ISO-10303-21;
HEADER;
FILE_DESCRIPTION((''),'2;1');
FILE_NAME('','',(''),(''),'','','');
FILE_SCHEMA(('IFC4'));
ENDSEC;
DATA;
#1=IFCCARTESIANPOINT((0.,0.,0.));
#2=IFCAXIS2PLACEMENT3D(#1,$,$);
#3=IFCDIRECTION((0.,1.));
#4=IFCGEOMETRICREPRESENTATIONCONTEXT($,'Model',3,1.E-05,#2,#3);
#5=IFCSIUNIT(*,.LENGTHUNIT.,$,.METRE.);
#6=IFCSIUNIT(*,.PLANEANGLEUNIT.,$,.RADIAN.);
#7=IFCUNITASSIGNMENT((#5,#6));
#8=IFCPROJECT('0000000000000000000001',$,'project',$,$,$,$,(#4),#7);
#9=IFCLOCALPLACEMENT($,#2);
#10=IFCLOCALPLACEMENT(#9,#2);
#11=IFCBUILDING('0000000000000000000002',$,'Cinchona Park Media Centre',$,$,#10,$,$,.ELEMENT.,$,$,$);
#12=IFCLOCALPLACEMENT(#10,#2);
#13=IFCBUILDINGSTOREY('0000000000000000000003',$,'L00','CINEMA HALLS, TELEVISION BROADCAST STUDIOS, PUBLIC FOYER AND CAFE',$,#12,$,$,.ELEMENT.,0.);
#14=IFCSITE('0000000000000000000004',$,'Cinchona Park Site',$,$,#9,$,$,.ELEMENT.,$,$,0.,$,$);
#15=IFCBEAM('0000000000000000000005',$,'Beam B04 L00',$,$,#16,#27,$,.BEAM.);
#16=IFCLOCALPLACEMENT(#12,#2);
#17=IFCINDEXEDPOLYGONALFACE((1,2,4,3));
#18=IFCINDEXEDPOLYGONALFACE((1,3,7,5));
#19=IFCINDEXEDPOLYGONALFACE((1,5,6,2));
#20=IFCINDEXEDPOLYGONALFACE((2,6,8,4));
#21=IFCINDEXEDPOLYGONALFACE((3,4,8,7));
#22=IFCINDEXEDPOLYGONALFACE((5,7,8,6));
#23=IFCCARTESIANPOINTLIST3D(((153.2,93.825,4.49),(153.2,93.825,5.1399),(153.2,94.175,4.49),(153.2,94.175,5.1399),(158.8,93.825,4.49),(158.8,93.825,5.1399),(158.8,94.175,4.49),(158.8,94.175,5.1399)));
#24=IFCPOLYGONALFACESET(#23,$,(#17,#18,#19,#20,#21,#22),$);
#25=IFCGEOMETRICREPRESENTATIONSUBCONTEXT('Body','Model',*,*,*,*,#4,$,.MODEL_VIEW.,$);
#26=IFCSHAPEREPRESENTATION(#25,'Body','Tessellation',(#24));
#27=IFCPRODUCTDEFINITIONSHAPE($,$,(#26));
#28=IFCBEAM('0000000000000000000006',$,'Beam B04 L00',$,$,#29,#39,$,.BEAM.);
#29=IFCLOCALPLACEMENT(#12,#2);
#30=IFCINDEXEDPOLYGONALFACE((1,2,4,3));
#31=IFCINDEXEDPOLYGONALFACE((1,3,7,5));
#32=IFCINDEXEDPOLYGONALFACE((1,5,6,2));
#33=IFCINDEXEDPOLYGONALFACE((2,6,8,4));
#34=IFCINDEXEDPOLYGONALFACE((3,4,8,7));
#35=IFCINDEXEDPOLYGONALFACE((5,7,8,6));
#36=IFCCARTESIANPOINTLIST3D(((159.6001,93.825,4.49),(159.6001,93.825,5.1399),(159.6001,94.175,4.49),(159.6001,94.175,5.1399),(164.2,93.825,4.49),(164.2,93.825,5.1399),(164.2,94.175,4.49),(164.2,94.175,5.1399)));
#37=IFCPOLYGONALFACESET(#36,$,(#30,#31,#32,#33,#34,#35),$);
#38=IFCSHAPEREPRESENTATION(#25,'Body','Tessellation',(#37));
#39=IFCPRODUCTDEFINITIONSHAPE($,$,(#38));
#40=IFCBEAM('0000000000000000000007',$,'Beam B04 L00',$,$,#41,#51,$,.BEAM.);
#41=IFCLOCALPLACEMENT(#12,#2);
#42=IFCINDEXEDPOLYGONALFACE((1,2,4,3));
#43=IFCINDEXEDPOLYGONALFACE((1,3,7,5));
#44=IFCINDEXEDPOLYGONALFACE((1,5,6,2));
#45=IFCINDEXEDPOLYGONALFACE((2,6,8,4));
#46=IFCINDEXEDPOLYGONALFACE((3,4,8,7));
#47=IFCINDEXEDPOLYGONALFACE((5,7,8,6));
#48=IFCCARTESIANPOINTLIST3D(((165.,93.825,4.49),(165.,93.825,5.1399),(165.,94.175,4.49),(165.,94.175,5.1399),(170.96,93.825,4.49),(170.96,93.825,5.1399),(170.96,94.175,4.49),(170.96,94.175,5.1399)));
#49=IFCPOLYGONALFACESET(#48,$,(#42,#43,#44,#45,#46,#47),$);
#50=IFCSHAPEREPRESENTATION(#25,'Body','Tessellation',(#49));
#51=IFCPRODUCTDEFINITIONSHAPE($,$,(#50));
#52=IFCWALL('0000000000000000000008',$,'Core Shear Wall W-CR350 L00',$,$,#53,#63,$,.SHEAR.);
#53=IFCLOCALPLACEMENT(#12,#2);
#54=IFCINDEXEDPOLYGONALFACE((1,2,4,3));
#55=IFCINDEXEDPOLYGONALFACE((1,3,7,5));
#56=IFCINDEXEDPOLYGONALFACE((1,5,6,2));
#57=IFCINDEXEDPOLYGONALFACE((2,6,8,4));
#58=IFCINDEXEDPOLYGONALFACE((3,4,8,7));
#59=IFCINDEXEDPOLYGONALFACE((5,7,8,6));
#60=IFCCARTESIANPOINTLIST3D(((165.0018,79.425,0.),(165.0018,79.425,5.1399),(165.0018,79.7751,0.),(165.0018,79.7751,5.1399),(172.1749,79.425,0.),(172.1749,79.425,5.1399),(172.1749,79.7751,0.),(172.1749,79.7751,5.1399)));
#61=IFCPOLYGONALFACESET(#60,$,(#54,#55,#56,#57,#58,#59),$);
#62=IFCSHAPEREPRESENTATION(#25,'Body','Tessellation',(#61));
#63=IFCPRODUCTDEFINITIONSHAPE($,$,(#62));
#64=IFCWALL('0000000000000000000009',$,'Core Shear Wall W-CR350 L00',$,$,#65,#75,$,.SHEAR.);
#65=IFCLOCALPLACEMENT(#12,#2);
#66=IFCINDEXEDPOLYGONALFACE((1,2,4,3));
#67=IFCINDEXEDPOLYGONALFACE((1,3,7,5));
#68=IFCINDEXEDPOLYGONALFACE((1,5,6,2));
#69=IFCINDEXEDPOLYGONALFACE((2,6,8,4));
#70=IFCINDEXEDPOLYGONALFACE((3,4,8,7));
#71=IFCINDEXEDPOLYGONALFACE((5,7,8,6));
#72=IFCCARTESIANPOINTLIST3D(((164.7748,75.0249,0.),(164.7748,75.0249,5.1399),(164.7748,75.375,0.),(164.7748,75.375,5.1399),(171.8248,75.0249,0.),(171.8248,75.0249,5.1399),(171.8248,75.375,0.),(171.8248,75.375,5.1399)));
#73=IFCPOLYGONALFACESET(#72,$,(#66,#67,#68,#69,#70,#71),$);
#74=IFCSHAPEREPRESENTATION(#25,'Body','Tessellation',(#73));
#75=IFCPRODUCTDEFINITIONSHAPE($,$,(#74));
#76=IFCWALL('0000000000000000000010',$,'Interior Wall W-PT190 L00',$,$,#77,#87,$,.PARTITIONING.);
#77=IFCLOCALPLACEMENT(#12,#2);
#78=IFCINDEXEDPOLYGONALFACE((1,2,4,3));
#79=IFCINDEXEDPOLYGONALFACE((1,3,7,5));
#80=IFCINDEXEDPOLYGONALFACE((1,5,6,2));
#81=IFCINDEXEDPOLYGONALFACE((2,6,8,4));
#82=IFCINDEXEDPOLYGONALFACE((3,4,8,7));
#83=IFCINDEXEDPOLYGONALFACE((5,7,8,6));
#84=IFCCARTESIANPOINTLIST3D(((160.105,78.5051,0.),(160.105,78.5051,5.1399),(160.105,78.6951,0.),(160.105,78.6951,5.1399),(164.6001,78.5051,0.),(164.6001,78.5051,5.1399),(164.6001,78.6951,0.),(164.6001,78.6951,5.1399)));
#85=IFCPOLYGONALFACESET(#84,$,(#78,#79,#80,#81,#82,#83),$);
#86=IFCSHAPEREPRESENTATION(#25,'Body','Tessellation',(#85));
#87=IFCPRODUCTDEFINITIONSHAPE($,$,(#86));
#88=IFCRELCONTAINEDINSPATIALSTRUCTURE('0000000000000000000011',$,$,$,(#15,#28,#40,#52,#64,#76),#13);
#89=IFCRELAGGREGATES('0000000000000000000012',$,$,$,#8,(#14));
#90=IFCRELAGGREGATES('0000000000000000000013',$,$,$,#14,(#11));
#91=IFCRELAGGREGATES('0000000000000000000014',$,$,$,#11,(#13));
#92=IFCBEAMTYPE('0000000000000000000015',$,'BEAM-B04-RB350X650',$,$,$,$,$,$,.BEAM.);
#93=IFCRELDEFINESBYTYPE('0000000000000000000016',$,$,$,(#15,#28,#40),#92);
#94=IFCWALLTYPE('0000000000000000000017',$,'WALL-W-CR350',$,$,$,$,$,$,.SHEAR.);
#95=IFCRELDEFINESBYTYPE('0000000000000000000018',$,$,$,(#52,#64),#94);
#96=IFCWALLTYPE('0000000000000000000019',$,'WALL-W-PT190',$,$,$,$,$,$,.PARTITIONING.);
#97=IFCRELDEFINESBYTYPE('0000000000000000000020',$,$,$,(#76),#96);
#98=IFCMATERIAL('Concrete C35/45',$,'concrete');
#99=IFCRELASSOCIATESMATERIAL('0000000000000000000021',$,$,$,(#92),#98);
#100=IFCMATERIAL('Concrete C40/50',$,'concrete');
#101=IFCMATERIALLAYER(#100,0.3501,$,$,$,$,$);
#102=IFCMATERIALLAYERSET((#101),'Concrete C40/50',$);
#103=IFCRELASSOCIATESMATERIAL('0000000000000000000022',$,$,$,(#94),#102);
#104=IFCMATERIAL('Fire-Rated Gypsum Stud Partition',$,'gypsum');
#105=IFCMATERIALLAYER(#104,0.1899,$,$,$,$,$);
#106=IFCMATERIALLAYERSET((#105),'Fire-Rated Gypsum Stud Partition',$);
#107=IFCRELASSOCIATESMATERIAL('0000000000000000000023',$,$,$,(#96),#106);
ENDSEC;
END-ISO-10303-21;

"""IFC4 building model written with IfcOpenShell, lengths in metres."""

from ifc_helpers import new_model, si_unit, direction, frame, frame_2d, origin, origin_2d, place, context, subcontext, project, spatial, rectangle, extrude, material, layer, layer_set, material_profile, profile_set, type_object, element, save


model = new_model("IFC4")

# Units and contexts
model_context = context("Model", 3, precision=1e-05, world=origin(), true_north=direction((0.0, 1.0)))
body_context = subcontext(model_context, "Body", "Model", "MODEL_VIEW")
ifc_project = project(units=[si_unit("LENGTHUNIT", "METRE"), si_unit("PLANEANGLEUNIT", "RADIAN")], contexts=[model_context])

# Site, building, storey
site_placement = place(None, origin())
site = spatial("IfcSite", under=ifc_project, at=site_placement, Name="Cinchona Park Site", CompositionType="ELEMENT", RefElevation=0.0)
building_placement = place(site_placement, origin())
building = spatial("IfcBuilding", under=site, at=building_placement, Name="Cinchona Park Media Centre", CompositionType="ELEMENT")
storey_placement = place(building_placement, origin())
storey = spatial("IfcBuildingStorey", under=building, at=storey_placement, Name="L00", Description="CINEMA HALLS, TELEVISION BROADCAST STUDIOS, PUBLIC FOYER AND CAFE", CompositionType="ELEMENT", Elevation=0.0)

# Beams
ifc_material_1 = material(Name="Concrete C35/45", Category="concrete")
ifc_material_profile_1 = material_profile(ifc_material_1, rectangle(XDim=0.3501, YDim=0.6499, at=origin_2d()), Name="RB 350X650")
ifc_profile_set_1 = profile_set([ifc_material_profile_1], Name="Concrete C35/45")
beam_type_1 = type_object("IfcBeamType", Name="BEAM-B04-RB350X650", PredefinedType="BEAM", material=ifc_profile_set_1)
beam_1_placement = place(storey_placement, frame((153.2, 94.0, 4.8149), z_axis=(1.0, 0.0, 0.0), x_axis=(0.0, 1.0, 0.0)))
element("IfcBeam", 1, at=beam_1_placement, inside=storey, type_object=beam_type_1, Name="Beam B04 L00", PredefinedType="BEAM", context=body_context, shape_type="SweptSolid", body=[
    extrude(rectangle(XDim=0.3501, YDim=0.6499, at=origin_2d()), origin(), (0.0, 0.0, 1.0), 5.6001),
])
beam_2_placement = place(storey_placement, frame((159.6001, 94.0, 4.8149), z_axis=(1.0, 0.0, 0.0), x_axis=(0.0, 1.0, 0.0)))
element("IfcBeam", 2, at=beam_2_placement, inside=storey, type_object=beam_type_1, Name="Beam B04 L00", PredefinedType="BEAM", context=body_context, shape_type="SweptSolid", body=[
    extrude(rectangle(XDim=0.3501, YDim=0.6499, at=origin_2d()), origin(), (0.0, 0.0, 1.0), 4.5999),
])
beam_3_placement = place(storey_placement, frame((165.0, 94.0, 4.8149), z_axis=(1.0, 0.0, 0.0), x_axis=(0.0, 1.0, 0.0)))
element("IfcBeam", 3, at=beam_3_placement, inside=storey, type_object=beam_type_1, Name="Beam B04 L00", PredefinedType="BEAM", context=body_context, shape_type="SweptSolid", body=[
    extrude(rectangle(XDim=0.3501, YDim=0.6499, at=origin_2d()), origin(), (0.0, 0.0, 1.0), 5.96),
])

# Walls
ifc_material_2 = material(Name="Concrete C40/50", Category="concrete")
ifc_layer_1 = layer(ifc_material_2, 0.3501)
ifc_layer_set_1 = layer_set([ifc_layer_1], Name="Concrete C40/50")
wall_type_1 = type_object("IfcWallType", Name="WALL-W-CR350", PredefinedType="SHEAR", material=ifc_layer_set_1)
wall_1_placement = place(storey_placement, frame((165.002, 79.6001, 0.0), z_axis=(0.0, 0.0, 1.0), x_axis=(1.0, 0.0, 0.0)))
element("IfcWall", 4, at=wall_1_placement, inside=storey, type_object=wall_type_1, Name="Core Shear Wall W-CR350 L00", PredefinedType="SHEAR", context=body_context, shape_type="SweptSolid", body=[
    extrude(rectangle(XDim=7.1731, YDim=0.3501, at=frame_2d((3.5864, 0.0))), origin(), (0.0, 0.0, 1.0), 5.1399),
])
wall_2_placement = place(storey_placement, frame((164.7749, 75.2, 0.0), z_axis=(0.0, 0.0, 1.0), x_axis=(1.0, 0.0, 0.0)))
element("IfcWall", 5, at=wall_2_placement, inside=storey, type_object=wall_type_1, Name="Core Shear Wall W-CR350 L00", PredefinedType="SHEAR", context=body_context, shape_type="SweptSolid", body=[
    extrude(rectangle(XDim=7.05, YDim=0.3501, at=frame_2d((3.5249, 0.0))), origin(), (0.0, 0.0, 1.0), 5.1399),
])
ifc_material_3 = material(Name="Fire-Rated Gypsum Stud Partition", Category="gypsum")
ifc_layer_2 = layer(ifc_material_3, 0.1899)
ifc_layer_set_2 = layer_set([ifc_layer_2], Name="Fire-Rated Gypsum Stud Partition")
wall_type_2 = type_object("IfcWallType", Name="WALL-W-PT190", PredefinedType="PARTITIONING", material=ifc_layer_set_2)
wall_3_placement = place(storey_placement, frame((160.105, 78.6001, 0.0), z_axis=(0.0, 0.0, 1.0), x_axis=(1.0, 0.0, 0.0)))
element("IfcWall", 6, at=wall_3_placement, inside=storey, type_object=wall_type_2, Name="Interior Wall W-PT190 L00", PredefinedType="PARTITIONING", context=body_context, shape_type="SweptSolid", body=[
    extrude(rectangle(XDim=4.4951, YDim=0.1899, at=frame_2d((2.2476, 0.0))), origin(), (0.0, 0.0, 1.0), 5.1399),
])

save(model, "model.ifc")
